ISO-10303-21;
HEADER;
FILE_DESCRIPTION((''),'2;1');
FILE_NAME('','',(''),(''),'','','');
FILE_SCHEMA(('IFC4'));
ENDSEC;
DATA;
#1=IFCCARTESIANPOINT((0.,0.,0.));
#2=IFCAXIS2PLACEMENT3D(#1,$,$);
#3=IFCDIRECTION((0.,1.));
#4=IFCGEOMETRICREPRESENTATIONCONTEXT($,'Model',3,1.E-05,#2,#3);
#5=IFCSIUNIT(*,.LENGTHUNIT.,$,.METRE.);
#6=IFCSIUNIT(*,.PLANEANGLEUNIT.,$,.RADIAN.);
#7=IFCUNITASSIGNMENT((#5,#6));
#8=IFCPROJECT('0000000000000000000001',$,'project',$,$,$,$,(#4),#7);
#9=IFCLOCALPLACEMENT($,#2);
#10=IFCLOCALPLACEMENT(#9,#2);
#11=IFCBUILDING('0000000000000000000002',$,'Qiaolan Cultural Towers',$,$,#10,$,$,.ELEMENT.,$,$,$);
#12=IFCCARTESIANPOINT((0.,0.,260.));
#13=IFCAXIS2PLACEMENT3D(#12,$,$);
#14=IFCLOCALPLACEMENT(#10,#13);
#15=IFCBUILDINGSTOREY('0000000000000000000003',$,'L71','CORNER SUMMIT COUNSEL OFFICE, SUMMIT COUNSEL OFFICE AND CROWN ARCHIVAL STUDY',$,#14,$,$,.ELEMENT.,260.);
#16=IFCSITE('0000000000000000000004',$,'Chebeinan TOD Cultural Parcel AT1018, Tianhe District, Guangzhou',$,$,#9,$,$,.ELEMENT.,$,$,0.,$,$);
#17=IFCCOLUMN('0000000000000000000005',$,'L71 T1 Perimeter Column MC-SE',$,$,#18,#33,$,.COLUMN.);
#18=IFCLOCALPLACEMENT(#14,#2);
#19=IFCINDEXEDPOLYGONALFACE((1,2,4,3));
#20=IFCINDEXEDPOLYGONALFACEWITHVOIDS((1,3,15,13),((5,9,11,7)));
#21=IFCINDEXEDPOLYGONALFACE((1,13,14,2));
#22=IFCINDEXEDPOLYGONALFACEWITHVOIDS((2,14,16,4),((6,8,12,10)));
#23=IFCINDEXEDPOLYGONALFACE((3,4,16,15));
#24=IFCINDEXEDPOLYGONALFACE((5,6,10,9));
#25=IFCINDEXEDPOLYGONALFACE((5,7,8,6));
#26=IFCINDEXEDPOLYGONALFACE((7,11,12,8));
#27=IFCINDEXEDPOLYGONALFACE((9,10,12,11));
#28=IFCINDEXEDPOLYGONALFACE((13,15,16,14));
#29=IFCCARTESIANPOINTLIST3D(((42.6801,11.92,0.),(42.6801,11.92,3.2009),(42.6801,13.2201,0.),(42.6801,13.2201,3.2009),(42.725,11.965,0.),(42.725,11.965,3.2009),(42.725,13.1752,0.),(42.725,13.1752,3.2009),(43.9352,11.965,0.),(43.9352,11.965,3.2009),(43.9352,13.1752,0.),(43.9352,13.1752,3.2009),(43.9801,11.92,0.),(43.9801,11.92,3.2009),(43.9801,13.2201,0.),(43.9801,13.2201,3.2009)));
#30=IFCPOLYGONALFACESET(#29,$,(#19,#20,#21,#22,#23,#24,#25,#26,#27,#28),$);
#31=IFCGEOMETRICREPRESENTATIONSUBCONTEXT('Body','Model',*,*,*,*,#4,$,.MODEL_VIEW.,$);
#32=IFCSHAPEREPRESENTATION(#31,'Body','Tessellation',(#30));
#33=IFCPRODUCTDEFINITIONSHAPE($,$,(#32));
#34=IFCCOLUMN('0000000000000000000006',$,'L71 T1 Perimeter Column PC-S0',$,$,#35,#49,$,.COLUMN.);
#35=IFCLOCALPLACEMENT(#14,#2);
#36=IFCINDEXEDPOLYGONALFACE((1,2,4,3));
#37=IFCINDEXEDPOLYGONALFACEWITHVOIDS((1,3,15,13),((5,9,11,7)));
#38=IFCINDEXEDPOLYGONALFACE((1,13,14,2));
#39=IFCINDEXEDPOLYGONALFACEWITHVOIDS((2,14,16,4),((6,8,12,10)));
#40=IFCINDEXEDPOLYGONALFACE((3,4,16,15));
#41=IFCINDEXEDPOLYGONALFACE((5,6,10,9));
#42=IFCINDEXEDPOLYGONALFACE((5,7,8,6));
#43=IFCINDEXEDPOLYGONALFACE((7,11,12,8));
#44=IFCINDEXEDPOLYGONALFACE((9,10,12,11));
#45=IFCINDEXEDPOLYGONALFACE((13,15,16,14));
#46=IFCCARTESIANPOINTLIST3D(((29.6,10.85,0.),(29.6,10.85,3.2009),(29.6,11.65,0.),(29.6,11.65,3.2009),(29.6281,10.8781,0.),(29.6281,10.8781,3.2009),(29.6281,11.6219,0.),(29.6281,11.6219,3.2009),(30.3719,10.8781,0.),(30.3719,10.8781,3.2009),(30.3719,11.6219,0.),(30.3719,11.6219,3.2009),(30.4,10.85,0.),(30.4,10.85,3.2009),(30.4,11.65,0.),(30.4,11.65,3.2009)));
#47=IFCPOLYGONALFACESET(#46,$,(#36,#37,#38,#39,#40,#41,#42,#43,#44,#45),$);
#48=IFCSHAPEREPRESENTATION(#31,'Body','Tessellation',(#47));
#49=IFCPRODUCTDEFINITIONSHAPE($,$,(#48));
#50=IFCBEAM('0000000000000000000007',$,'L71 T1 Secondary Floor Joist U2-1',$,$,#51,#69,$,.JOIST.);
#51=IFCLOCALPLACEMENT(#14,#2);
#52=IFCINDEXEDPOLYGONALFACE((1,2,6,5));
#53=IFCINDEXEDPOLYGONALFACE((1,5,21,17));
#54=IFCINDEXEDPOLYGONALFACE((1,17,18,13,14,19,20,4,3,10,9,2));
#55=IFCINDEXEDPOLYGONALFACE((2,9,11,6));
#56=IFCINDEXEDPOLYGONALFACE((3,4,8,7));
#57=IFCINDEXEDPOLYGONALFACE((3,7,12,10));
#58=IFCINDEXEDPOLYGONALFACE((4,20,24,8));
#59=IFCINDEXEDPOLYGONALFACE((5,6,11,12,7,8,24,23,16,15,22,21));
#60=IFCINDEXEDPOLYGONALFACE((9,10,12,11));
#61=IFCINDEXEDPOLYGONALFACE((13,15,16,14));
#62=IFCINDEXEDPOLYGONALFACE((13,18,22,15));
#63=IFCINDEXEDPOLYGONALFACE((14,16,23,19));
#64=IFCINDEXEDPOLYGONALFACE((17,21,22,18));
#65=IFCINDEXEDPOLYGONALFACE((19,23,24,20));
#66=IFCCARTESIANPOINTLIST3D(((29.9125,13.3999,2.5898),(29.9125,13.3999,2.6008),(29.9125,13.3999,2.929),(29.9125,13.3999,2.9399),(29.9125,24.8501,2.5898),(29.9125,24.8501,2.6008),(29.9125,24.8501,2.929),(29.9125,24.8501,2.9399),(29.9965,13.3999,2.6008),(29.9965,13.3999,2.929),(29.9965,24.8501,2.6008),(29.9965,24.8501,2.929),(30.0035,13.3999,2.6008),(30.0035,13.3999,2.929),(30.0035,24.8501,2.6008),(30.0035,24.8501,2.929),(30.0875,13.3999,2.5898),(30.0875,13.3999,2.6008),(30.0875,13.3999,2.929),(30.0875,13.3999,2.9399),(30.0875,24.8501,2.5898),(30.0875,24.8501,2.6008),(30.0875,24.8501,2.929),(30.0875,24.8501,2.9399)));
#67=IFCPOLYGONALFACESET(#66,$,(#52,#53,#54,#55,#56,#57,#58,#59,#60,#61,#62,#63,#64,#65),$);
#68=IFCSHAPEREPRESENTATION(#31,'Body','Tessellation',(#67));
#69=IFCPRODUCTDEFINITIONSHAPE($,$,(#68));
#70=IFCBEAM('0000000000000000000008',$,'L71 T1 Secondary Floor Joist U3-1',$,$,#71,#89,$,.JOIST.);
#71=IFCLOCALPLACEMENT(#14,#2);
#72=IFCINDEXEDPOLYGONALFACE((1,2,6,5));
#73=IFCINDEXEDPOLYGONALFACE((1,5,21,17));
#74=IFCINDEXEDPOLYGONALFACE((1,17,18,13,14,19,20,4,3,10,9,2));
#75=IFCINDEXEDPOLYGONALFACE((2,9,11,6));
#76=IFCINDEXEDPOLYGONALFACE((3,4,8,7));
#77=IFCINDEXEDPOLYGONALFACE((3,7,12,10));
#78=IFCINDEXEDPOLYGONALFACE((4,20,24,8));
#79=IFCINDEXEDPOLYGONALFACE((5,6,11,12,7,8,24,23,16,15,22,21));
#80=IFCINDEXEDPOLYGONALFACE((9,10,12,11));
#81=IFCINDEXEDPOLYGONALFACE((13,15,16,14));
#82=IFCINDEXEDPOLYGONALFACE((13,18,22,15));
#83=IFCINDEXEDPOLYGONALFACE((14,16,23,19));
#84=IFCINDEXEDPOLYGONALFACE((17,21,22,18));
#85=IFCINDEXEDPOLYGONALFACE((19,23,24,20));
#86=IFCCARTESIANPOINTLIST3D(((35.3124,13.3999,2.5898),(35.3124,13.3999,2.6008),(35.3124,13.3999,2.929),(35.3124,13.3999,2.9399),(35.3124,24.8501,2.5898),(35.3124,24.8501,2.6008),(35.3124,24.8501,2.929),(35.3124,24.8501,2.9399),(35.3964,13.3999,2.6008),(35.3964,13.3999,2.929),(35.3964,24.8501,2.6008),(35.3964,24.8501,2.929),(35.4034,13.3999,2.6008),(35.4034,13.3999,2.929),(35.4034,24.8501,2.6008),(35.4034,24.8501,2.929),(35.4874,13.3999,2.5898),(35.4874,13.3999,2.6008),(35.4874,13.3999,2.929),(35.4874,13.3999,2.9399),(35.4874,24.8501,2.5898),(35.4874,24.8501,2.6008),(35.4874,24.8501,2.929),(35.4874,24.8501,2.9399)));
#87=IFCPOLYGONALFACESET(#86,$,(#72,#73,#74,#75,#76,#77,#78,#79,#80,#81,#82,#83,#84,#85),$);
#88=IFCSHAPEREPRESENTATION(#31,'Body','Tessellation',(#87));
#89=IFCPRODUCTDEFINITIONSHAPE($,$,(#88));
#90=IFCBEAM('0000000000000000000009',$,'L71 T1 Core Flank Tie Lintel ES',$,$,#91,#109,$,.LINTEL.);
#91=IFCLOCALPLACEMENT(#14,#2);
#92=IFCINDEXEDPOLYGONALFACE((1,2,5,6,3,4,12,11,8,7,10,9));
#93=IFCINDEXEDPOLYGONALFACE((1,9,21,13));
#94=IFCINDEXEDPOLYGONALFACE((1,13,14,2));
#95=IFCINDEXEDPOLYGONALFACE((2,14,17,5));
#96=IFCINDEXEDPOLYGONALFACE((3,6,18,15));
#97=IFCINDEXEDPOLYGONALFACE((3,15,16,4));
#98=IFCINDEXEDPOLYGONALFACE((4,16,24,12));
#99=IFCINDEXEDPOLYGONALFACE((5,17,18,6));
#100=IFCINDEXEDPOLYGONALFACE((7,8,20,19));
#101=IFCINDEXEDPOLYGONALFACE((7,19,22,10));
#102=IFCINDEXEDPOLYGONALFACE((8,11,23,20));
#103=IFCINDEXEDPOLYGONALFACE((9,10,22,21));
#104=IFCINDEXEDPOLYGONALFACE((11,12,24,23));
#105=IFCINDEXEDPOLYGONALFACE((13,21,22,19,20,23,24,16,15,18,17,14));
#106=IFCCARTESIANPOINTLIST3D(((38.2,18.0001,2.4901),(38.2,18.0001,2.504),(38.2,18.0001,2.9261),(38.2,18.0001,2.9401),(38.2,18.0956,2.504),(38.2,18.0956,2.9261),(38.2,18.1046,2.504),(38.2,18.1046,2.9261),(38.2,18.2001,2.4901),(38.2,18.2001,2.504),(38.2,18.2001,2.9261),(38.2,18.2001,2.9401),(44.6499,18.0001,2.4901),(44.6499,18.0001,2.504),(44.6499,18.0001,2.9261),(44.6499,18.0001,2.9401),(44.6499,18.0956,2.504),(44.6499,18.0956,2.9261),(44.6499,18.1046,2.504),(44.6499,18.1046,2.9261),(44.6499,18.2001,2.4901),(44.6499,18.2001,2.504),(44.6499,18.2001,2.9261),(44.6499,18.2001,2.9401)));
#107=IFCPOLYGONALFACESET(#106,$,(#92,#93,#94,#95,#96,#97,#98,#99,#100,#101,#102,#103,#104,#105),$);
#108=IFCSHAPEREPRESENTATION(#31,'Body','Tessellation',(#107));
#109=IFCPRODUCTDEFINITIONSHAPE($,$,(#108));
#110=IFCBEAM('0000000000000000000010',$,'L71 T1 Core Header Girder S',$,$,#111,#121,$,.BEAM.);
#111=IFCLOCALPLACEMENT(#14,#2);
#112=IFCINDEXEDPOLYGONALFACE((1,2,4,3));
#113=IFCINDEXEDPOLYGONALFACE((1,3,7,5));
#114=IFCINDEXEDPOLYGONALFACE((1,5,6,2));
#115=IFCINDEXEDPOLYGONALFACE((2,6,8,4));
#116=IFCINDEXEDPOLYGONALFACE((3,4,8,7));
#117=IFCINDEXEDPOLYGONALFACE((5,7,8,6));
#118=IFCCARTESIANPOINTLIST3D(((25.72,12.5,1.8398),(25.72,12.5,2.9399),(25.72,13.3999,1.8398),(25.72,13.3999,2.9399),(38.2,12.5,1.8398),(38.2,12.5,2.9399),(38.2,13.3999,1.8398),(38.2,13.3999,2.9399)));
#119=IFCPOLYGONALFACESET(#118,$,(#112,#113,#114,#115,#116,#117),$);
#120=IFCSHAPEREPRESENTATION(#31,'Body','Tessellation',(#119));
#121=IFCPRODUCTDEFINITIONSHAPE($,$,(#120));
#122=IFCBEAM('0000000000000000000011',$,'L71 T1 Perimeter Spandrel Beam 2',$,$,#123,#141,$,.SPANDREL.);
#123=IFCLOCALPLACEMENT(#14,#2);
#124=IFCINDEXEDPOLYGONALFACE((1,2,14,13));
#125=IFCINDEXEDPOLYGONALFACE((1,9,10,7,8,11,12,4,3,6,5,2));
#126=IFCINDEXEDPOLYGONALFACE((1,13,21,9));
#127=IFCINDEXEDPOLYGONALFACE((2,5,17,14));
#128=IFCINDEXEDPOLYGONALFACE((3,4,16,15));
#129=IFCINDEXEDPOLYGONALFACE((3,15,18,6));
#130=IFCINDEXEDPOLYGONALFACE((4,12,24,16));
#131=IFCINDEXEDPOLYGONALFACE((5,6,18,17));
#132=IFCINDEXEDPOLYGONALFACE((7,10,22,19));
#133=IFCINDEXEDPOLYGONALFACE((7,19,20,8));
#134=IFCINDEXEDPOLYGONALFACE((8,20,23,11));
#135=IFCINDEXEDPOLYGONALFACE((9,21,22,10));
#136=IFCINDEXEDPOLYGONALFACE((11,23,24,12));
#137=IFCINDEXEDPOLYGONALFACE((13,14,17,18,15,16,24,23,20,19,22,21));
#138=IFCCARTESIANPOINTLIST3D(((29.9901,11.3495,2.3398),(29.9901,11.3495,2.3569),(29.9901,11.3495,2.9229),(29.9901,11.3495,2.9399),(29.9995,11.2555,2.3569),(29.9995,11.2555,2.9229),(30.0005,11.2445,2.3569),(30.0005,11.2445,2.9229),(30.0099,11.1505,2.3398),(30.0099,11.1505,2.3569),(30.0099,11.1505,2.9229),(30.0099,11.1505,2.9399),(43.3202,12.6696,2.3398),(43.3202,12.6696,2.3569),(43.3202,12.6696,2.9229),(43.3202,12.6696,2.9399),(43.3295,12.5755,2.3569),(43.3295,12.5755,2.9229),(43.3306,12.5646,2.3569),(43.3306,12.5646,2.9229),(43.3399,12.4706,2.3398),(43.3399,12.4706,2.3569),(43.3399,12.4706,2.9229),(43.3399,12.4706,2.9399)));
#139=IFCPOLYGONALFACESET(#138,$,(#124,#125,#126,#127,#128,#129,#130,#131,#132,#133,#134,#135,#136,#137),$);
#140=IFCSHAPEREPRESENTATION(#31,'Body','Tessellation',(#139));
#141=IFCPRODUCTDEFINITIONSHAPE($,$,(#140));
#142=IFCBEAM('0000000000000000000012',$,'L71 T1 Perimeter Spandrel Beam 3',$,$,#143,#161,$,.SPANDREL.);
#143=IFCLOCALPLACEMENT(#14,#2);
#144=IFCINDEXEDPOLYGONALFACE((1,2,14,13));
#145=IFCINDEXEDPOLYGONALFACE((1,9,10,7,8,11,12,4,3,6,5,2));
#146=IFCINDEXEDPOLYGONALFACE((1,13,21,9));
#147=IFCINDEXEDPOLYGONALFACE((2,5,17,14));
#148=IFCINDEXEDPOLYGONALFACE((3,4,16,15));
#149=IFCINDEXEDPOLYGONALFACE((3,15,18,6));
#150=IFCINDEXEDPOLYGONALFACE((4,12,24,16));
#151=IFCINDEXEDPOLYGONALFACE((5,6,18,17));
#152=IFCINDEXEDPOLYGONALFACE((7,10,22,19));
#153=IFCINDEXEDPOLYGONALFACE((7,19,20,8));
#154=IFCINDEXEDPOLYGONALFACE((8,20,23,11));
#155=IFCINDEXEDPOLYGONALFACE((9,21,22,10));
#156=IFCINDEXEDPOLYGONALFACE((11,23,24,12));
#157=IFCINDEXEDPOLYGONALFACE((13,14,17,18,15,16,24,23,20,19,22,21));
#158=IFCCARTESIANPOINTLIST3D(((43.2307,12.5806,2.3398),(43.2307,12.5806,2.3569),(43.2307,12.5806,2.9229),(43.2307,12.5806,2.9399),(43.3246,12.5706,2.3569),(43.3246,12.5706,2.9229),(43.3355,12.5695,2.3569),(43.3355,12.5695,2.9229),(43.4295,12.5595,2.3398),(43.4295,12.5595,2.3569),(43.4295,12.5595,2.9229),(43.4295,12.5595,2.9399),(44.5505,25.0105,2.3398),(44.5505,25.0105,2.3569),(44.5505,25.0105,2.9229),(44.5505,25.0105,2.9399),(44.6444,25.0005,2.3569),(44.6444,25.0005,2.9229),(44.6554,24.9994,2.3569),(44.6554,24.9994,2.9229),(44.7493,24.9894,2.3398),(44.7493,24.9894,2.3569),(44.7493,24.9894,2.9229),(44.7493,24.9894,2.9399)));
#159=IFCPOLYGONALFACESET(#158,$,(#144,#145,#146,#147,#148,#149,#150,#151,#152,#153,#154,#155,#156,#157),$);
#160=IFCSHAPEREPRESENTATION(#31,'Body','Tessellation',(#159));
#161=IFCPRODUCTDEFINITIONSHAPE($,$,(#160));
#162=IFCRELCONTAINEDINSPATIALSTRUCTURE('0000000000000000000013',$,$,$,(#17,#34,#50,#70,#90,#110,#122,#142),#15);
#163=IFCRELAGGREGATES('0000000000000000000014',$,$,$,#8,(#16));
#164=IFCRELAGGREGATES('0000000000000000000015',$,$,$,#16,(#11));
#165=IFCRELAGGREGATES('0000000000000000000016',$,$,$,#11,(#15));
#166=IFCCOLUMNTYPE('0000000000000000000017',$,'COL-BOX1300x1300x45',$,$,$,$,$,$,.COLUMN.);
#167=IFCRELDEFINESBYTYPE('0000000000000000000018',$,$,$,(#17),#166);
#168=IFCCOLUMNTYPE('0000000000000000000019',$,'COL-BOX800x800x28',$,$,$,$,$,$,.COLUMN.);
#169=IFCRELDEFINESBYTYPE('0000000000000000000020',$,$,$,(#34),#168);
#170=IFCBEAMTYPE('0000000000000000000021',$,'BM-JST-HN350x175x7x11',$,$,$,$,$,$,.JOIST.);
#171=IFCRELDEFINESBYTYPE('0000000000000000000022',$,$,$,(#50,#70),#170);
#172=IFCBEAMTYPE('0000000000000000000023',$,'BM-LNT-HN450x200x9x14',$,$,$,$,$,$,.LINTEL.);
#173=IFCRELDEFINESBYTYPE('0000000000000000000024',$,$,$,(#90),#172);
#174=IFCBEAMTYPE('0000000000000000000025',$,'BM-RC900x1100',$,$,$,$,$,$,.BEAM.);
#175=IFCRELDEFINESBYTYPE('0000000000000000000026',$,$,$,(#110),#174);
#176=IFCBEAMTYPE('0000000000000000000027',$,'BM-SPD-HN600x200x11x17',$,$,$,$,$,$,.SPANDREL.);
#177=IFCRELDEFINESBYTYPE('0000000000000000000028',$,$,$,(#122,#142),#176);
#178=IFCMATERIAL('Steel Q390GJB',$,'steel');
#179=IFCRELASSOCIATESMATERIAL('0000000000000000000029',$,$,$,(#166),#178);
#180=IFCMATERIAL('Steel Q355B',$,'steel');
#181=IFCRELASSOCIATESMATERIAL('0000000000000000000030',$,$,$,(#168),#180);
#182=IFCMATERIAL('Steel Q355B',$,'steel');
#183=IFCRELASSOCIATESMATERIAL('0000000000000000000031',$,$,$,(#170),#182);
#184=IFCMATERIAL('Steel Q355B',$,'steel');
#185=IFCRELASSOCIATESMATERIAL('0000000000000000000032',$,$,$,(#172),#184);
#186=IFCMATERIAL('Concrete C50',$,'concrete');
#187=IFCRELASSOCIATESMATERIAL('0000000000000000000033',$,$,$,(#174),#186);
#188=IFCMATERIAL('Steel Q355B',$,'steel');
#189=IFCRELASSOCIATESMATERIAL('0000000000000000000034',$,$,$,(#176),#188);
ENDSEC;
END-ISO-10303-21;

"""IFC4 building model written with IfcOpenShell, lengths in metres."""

from ifc_helpers import new_model, si_unit, direction, frame, origin, origin_2d, place, context, subcontext, project, spatial, rectangle, hollow_rectangle, i_section, extrude, material, material_profile, profile_set, type_object, element, save


model = new_model("IFC4")

# Units and contexts
model_context = context("Model", 3, precision=1e-05, world=origin(), true_north=direction((0.0, 1.0)))
body_context = subcontext(model_context, "Body", "Model", "MODEL_VIEW")
ifc_project = project(units=[si_unit("LENGTHUNIT", "METRE"), si_unit("PLANEANGLEUNIT", "RADIAN")], contexts=[model_context])

# Site, building, storey
site_placement = place(None, origin())
site = spatial("IfcSite", under=ifc_project, at=site_placement, Name="Chebeinan TOD Cultural Parcel AT1018, Tianhe District, Guangzhou", CompositionType="ELEMENT", RefElevation=0.0)
building_placement = place(site_placement, origin())
building = spatial("IfcBuilding", under=site, at=building_placement, Name="Qiaolan Cultural Towers", CompositionType="ELEMENT")
storey_placement = place(building_placement, frame((0.0, 0.0, 260.0)))
storey = spatial("IfcBuildingStorey", under=building, at=storey_placement, Name="L71", Description="CORNER SUMMIT COUNSEL OFFICE, SUMMIT COUNSEL OFFICE AND CROWN ARCHIVAL STUDY", CompositionType="ELEMENT", Elevation=260.0)

# Columns
ifc_material_1 = material(Name="Steel Q390GJB", Category="steel")
ifc_material_profile_1 = material_profile(ifc_material_1, hollow_rectangle(XDim=1.3, YDim=1.3, WallThickness=0.0449, at=origin_2d()), Name="BOX1300x1300x45")
ifc_profile_set_1 = profile_set([ifc_material_profile_1], Name="Steel Q390GJB")
column_type_1 = type_object("IfcColumnType", Name="COL-BOX1300x1300x45", PredefinedType="COLUMN", material=ifc_profile_set_1)
column_1_placement = place(storey_placement, frame((43.3301, 12.5701, 0.0), z_axis=(0.0, 0.0, 1.0), x_axis=(1.0, 0.0, 0.0)))
element("IfcColumn", 1, at=column_1_placement, inside=storey, type_object=column_type_1, Name="L71 T1 Perimeter Column MC-SE", PredefinedType="COLUMN", context=body_context, shape_type="SweptSolid", body=[
    extrude(hollow_rectangle(XDim=1.3, YDim=1.3, WallThickness=0.0449, at=origin_2d()), origin(), (0.0, 0.0, 1.0), 3.2009),
])
ifc_material_2 = material(Name="Steel Q355B", Category="steel")
ifc_material_profile_2 = material_profile(ifc_material_2, hollow_rectangle(XDim=0.8, YDim=0.8, WallThickness=0.0281, at=origin_2d()), Name="BOX800x800x28")
ifc_profile_set_2 = profile_set([ifc_material_profile_2], Name="Steel Q355B")
column_type_2 = type_object("IfcColumnType", Name="COL-BOX800x800x28", PredefinedType="COLUMN", material=ifc_profile_set_2)
column_2_placement = place(storey_placement, frame((30.0, 11.25, 0.0), z_axis=(0.0, 0.0, 1.0), x_axis=(1.0, 0.0, 0.0)))
element("IfcColumn", 2, at=column_2_placement, inside=storey, type_object=column_type_2, Name="L71 T1 Perimeter Column PC-S0", PredefinedType="COLUMN", context=body_context, shape_type="SweptSolid", body=[
    extrude(hollow_rectangle(XDim=0.8, YDim=0.8, WallThickness=0.0281, at=origin_2d()), origin(), (0.0, 0.0, 1.0), 3.2009),
])

# Beams
ifc_material_3 = material(Name="Steel Q355B", Category="steel")
ifc_material_profile_3 = material_profile(ifc_material_3, i_section(OverallWidth=0.175, OverallDepth=0.3501, WebThickness=0.0071, FlangeThickness=0.011, at=origin_2d()), Name="HN350x175x7x11")
ifc_profile_set_3 = profile_set([ifc_material_profile_3], Name="Steel Q355B")
beam_type_1 = type_object("IfcBeamType", Name="BM-JST-HN350x175x7x11", PredefinedType="JOIST", material=ifc_profile_set_3)
for number, where, z_axis, x_axis, name in (
    (3, (30.0, 13.3999, 2.7649), (0.0, 1.0, 0.0), (-1.0, 0.0, 0.0), "L71 T1 Secondary Floor Joist U2-1"),
    (4, (35.3999, 13.3999, 2.7649), (0.0, 1.0, 0.0), (-1.0, 0.0, 0.0), "L71 T1 Secondary Floor Joist U3-1"),
):
    element("IfcBeam", number, at=place(storey_placement, frame(where, z_axis=z_axis, x_axis=x_axis)), inside=storey, type_object=beam_type_1, Name=name, PredefinedType="JOIST", context=body_context, shape_type="SweptSolid", body=[
        extrude(i_section(OverallWidth=0.175, OverallDepth=0.3501, WebThickness=0.0071, FlangeThickness=0.011, at=origin_2d()), origin(), (0.0, 0.0, 1.0), 11.4502),
    ])
ifc_material_4 = material(Name="Steel Q355B", Category="steel")
ifc_material_profile_4 = material_profile(ifc_material_4, i_section(OverallWidth=0.2, OverallDepth=0.45, WebThickness=0.009, FlangeThickness=0.0139, at=origin_2d()), Name="HN450x200x9x14")
ifc_profile_set_4 = profile_set([ifc_material_profile_4], Name="Steel Q355B")
beam_type_2 = type_object("IfcBeamType", Name="BM-LNT-HN450x200x9x14", PredefinedType="LINTEL", material=ifc_profile_set_4)
beam_1_placement = place(storey_placement, frame((38.2, 18.1001, 2.7151), z_axis=(1.0, 0.0, 0.0), x_axis=(0.0, 1.0, 0.0)))
element("IfcBeam", 5, at=beam_1_placement, inside=storey, type_object=beam_type_2, Name="L71 T1 Core Flank Tie Lintel ES", PredefinedType="LINTEL", context=body_context, shape_type="SweptSolid", body=[
    extrude(i_section(OverallWidth=0.2, OverallDepth=0.45, WebThickness=0.009, FlangeThickness=0.0139, at=origin_2d()), origin(), (0.0, 0.0, 1.0), 6.45),
])
ifc_material_5 = material(Name="Concrete C50", Category="concrete")
ifc_material_profile_5 = material_profile(ifc_material_5, rectangle(XDim=0.8999, YDim=1.1001, at=origin_2d()), Name="RC900x1100")
ifc_profile_set_5 = profile_set([ifc_material_profile_5], Name="Concrete C50")
beam_type_3 = type_object("IfcBeamType", Name="BM-RC900x1100", PredefinedType="BEAM", material=ifc_profile_set_5)
beam_2_placement = place(storey_placement, frame((25.72, 12.95, 2.3899), z_axis=(1.0, 0.0, 0.0), x_axis=(0.0, 1.0, 0.0)))
element("IfcBeam", 6, at=beam_2_placement, inside=storey, type_object=beam_type_3, Name="L71 T1 Core Header Girder S", PredefinedType="BEAM", context=body_context, shape_type="SweptSolid", body=[
    extrude(rectangle(XDim=0.8999, YDim=1.1001, at=origin_2d()), origin(), (0.0, 0.0, 1.0), 12.48),
])
ifc_material_6 = material(Name="Steel Q355B", Category="steel")
ifc_material_profile_6 = material_profile(ifc_material_6, i_section(OverallWidth=0.2, OverallDepth=0.6001, WebThickness=0.011, FlangeThickness=0.0171, at=origin_2d()), Name="HN600x200x11x17")
ifc_profile_set_6 = profile_set([ifc_material_profile_6], Name="Steel Q355B")
beam_type_4 = type_object("IfcBeamType", Name="BM-SPD-HN600x200x11x17", PredefinedType="SPANDREL", material=ifc_profile_set_6)
beam_3_placement = place(storey_placement, frame((30.0, 11.25, 2.6399), z_axis=(0.995132, 0.098547, 0.0), x_axis=(-0.098547, 0.995132, 0.0)))
element("IfcBeam", 7, at=beam_3_placement, inside=storey, type_object=beam_type_4, Name="L71 T1 Perimeter Spandrel Beam 2", PredefinedType="SPANDREL", context=body_context, shape_type="SweptSolid", body=[
    extrude(i_section(OverallWidth=0.2, OverallDepth=0.6001, WebThickness=0.011, FlangeThickness=0.0171, at=origin_2d()), origin(), (0.0, 0.0, 1.0), 13.3953),
])
beam_4_placement = place(storey_placement, frame((43.3301, 12.5701, 2.6399), z_axis=(0.105588, 0.99441, 0.0), x_axis=(-0.99441, 0.105588, 0.0)))
element("IfcBeam", 8, at=beam_4_placement, inside=storey, type_object=beam_type_4, Name="L71 T1 Perimeter Spandrel Beam 3", PredefinedType="SPANDREL", context=body_context, shape_type="SweptSolid", body=[
    extrude(i_section(OverallWidth=0.2, OverallDepth=0.6001, WebThickness=0.011, FlangeThickness=0.0171, at=origin_2d()), origin(), (0.0, 0.0, 1.0), 12.4998),
])

save(model, "model.ifc")
